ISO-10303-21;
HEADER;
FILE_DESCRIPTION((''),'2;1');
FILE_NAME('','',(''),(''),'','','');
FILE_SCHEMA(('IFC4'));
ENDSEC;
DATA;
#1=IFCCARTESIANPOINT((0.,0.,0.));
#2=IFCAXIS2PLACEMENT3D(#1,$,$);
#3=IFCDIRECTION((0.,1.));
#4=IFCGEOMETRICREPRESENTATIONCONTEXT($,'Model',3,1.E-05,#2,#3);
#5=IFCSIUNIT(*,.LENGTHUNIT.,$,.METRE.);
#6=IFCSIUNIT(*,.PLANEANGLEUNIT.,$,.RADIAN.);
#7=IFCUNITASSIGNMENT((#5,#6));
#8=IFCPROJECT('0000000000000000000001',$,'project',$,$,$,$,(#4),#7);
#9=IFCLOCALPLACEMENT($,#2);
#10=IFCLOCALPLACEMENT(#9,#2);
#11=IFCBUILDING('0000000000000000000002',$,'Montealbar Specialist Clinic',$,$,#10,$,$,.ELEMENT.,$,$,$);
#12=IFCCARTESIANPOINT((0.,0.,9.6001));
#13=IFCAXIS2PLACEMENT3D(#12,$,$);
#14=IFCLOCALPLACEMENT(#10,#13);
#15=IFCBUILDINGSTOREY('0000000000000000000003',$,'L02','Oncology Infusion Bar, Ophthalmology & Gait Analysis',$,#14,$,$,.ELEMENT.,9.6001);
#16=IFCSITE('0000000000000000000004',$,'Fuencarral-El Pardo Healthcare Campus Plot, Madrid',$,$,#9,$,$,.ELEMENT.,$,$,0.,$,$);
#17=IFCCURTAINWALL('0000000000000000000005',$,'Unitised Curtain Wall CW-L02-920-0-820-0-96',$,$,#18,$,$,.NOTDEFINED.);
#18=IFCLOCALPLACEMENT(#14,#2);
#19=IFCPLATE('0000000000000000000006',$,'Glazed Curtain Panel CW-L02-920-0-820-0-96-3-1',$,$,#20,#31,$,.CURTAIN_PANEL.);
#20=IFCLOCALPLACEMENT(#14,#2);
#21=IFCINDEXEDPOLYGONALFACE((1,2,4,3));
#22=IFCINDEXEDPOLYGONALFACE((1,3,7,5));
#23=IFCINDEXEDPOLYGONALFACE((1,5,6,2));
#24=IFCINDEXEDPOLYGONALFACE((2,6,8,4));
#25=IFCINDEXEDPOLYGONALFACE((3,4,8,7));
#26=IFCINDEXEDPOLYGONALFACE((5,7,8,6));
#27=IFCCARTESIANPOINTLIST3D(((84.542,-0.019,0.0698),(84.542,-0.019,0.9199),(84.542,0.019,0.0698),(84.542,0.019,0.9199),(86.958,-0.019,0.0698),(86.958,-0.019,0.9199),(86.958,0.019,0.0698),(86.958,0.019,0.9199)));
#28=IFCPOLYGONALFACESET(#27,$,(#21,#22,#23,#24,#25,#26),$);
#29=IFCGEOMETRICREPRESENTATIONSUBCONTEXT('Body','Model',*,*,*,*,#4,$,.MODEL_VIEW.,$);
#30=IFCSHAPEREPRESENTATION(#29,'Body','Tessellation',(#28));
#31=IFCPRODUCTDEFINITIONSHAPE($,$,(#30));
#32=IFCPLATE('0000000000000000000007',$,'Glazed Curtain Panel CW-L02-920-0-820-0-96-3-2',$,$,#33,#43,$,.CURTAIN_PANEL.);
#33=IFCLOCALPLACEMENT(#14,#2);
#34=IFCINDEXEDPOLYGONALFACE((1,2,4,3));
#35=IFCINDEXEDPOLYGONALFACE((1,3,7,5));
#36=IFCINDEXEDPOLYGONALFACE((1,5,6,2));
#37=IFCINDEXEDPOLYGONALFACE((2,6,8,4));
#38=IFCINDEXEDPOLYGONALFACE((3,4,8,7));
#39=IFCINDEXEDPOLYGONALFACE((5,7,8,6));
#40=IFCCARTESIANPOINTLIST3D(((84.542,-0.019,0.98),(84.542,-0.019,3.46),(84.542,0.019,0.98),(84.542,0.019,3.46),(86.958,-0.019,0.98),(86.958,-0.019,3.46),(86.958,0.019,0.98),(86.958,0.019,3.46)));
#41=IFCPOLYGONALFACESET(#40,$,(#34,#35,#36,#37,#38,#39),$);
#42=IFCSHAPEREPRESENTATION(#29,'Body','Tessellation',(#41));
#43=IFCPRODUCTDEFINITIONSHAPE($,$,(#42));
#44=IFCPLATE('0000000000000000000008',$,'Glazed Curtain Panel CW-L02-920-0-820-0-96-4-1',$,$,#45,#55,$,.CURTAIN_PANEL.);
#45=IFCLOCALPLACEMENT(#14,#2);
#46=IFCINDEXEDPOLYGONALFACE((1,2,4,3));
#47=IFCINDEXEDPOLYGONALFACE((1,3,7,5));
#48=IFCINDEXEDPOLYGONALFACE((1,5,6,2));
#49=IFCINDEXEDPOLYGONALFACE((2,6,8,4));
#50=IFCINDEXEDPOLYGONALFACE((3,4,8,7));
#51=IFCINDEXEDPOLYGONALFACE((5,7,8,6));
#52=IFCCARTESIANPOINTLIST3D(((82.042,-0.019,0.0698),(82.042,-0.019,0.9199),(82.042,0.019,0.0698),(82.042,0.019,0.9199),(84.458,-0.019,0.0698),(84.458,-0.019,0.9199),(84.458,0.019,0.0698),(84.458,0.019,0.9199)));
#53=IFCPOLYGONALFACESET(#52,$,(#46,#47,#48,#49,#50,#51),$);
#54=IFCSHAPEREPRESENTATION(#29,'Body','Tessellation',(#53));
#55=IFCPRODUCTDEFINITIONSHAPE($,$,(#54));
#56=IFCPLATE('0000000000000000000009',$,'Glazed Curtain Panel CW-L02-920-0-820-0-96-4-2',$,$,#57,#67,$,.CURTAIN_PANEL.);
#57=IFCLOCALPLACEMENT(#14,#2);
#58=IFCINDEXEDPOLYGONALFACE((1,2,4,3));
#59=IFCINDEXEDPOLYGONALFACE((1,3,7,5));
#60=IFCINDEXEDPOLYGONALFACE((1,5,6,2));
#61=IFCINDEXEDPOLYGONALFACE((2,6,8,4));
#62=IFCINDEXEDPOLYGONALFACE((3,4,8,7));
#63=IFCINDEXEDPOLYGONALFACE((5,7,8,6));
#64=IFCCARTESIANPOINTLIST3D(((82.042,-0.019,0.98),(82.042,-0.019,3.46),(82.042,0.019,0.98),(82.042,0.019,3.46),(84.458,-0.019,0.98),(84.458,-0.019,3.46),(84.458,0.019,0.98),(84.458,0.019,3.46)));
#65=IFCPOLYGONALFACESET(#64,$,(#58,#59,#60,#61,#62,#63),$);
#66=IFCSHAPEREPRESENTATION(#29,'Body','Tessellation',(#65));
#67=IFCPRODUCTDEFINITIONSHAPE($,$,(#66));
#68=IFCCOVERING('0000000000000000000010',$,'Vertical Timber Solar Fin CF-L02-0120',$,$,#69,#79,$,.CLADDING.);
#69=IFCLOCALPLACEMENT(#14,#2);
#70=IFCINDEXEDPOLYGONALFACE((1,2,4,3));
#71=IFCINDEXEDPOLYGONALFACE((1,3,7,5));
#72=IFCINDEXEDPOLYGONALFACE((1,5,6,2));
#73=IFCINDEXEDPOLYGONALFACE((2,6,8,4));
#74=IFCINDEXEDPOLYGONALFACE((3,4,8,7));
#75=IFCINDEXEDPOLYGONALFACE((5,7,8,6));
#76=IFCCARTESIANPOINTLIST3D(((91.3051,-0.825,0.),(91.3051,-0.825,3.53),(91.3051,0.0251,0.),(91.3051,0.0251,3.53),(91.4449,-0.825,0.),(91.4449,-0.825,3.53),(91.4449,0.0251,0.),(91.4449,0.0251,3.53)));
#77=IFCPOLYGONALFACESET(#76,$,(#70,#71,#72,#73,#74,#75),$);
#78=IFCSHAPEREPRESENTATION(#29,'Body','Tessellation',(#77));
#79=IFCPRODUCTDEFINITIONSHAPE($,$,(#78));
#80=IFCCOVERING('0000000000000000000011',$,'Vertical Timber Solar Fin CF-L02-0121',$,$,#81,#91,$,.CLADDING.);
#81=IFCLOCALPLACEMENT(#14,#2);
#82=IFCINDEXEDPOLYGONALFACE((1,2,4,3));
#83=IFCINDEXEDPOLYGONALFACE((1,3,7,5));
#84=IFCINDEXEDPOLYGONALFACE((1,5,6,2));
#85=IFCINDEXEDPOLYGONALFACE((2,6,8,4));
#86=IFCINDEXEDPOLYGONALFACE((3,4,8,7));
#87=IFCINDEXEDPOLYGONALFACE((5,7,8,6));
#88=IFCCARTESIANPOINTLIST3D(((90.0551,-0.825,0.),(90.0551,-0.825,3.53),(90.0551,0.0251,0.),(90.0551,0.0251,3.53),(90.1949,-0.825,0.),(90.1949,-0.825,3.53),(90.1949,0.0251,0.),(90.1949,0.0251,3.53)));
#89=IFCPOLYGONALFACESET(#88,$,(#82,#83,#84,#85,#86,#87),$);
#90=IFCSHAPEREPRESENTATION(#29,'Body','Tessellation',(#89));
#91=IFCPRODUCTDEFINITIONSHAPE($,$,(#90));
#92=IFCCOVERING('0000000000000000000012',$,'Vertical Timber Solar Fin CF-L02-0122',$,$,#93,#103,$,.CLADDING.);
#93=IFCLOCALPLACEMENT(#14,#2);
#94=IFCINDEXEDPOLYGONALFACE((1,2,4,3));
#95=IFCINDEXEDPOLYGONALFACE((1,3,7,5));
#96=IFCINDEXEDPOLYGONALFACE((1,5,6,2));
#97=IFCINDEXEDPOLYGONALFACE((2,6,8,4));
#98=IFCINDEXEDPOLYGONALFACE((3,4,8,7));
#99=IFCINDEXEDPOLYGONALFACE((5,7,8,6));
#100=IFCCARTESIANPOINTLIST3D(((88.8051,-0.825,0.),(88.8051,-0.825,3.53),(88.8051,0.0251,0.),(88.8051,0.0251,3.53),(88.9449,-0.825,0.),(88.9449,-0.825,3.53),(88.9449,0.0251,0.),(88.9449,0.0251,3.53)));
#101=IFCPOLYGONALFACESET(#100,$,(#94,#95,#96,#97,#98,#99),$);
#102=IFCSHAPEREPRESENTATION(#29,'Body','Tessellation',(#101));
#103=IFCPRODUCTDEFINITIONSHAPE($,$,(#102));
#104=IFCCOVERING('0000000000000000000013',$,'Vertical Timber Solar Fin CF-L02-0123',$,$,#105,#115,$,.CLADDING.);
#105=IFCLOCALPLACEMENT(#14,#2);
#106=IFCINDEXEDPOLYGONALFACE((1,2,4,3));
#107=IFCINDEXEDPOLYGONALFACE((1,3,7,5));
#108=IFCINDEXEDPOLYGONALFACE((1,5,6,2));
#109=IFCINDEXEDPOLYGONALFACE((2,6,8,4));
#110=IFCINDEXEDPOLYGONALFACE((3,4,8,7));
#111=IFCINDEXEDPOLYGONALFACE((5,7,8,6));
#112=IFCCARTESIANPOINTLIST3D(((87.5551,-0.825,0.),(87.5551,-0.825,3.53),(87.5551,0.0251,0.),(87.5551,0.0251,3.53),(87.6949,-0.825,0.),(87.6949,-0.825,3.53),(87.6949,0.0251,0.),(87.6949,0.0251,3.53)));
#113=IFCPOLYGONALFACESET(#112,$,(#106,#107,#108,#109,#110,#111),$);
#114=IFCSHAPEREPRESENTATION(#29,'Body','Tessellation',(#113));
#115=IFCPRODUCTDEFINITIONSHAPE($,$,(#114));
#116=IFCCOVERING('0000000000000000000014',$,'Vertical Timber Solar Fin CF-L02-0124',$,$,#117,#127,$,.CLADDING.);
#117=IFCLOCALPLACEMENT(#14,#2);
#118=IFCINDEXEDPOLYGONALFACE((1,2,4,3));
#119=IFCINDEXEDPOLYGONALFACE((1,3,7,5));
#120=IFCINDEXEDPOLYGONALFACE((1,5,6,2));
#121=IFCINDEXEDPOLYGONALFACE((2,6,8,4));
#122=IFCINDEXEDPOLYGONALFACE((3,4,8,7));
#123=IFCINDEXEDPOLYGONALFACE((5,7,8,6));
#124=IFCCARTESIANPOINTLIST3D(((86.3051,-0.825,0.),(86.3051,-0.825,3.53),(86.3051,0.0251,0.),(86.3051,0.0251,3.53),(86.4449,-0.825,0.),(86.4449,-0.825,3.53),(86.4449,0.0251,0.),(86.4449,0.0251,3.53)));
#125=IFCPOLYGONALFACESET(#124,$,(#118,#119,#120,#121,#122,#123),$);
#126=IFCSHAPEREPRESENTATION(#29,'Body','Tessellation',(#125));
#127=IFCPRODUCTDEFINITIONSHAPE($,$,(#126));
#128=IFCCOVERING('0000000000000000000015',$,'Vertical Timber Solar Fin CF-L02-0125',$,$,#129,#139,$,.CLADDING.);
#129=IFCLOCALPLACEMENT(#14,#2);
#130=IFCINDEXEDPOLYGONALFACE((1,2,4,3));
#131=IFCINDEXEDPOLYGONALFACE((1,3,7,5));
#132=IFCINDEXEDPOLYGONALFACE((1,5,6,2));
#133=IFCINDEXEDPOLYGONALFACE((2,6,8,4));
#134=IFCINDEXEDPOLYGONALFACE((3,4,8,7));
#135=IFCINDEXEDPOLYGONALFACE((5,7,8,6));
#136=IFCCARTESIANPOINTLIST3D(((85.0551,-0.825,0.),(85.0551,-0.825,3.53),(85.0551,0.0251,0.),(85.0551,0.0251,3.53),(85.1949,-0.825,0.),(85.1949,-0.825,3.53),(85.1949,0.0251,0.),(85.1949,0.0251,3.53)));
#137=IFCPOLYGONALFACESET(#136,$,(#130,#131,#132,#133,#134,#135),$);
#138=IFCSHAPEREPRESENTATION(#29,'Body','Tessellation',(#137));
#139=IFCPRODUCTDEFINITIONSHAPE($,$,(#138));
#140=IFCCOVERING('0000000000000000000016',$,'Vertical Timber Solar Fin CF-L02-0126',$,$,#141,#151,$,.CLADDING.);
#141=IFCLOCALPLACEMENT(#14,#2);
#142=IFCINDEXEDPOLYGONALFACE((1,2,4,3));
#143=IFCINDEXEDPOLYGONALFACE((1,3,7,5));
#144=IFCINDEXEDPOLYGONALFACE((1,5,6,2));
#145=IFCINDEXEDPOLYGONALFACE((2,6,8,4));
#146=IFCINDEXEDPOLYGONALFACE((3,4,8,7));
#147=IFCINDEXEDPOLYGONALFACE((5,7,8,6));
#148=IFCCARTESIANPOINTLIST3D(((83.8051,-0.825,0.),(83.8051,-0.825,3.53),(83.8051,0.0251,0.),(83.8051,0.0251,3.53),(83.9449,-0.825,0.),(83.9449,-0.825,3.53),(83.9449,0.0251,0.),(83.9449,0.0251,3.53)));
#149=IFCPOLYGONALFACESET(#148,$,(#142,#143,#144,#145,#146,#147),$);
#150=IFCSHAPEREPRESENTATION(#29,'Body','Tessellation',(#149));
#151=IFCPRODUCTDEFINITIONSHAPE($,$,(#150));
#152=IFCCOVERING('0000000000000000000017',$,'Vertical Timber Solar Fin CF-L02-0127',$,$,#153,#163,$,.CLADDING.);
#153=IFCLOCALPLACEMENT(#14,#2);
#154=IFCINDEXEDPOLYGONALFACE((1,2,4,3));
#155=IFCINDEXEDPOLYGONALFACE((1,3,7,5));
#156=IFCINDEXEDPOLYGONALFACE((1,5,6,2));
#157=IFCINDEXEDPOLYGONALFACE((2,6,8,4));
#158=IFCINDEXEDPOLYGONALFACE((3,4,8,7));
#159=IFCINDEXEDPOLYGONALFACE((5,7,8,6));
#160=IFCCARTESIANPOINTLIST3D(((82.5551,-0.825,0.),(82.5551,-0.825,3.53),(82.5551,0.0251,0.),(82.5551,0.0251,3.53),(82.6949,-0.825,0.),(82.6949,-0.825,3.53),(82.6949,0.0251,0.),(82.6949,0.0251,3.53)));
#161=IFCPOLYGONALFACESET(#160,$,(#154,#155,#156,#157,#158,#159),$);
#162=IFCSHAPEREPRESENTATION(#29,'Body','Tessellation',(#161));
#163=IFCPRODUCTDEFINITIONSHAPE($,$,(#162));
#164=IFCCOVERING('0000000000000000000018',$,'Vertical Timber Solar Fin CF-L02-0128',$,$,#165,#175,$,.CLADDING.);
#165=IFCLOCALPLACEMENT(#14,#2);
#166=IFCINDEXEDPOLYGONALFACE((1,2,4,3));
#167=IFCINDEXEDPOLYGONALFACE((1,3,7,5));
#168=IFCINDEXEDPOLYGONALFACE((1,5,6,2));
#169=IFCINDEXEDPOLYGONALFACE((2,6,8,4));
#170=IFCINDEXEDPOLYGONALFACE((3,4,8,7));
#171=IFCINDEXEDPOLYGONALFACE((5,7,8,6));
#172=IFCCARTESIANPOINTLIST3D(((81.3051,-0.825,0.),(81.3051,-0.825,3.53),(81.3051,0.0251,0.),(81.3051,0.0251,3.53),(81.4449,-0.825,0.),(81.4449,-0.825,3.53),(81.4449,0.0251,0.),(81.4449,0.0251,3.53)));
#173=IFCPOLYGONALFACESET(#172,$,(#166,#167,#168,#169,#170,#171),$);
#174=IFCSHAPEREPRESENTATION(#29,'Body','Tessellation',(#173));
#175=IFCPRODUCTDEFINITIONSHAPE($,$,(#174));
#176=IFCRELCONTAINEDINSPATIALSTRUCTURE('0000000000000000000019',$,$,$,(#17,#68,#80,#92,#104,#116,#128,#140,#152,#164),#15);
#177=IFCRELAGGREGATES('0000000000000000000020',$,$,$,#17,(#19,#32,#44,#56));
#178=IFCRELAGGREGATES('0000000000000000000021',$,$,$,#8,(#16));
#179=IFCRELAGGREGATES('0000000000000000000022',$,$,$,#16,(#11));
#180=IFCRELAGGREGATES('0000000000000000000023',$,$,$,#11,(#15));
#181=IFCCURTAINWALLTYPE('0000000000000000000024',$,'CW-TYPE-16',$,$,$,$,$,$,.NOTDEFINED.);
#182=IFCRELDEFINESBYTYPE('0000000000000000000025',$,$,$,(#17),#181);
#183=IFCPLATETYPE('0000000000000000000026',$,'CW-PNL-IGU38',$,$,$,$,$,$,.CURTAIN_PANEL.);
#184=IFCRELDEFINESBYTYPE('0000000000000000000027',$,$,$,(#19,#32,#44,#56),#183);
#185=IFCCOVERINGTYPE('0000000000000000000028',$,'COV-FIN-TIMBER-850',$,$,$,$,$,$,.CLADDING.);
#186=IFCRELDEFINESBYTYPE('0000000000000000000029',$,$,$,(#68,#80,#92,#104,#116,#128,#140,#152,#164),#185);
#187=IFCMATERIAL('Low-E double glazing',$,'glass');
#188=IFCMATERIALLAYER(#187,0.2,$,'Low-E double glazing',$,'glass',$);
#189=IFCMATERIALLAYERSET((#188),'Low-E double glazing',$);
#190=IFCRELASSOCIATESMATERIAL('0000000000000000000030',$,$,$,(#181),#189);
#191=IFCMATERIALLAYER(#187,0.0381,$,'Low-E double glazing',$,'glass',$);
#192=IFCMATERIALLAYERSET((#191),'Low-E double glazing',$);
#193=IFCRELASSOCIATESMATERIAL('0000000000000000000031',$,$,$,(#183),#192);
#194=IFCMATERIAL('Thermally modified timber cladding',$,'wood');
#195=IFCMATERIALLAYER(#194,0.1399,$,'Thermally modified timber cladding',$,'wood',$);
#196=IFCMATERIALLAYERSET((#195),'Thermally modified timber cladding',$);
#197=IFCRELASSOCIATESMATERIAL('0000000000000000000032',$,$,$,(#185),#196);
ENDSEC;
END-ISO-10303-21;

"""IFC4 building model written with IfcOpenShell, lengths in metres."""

from ifc_helpers import new_model, si_unit, direction, frame, origin, origin_2d, place, context, subcontext, project, spatial, rectangle, extrude, material, layer, layer_set, type_object, element, aggregate, save


model = new_model("IFC4")

# Units and contexts
model_context = context("Model", 3, precision=1e-05, world=origin(), true_north=direction((0.0, 1.0)))
body_context = subcontext(model_context, "Body", "Model", "MODEL_VIEW")
ifc_project = project(units=[si_unit("LENGTHUNIT", "METRE"), si_unit("PLANEANGLEUNIT", "RADIAN")], contexts=[model_context])

# Site, building, storey
site_placement = place(None, origin())
site = spatial("IfcSite", under=ifc_project, at=site_placement, Name="Fuencarral-El Pardo Healthcare Campus Plot, Madrid", CompositionType="ELEMENT", RefElevation=0.0)
building_placement = place(site_placement, origin())
building = spatial("IfcBuilding", under=site, at=building_placement, Name="Montealbar Specialist Clinic", CompositionType="ELEMENT")
storey_placement = place(building_placement, frame((0.0, 0.0, 9.6001)))
storey = spatial("IfcBuildingStorey", under=building, at=storey_placement, Name="L02", Description="Oncology Infusion Bar, Ophthalmology & Gait Analysis", CompositionType="ELEMENT", Elevation=9.6001)

# Curtain wall
ifc_material_1 = material(Name="Low-E double glazing", Category="glass")
ifc_layer_1 = layer(ifc_material_1, 0.2, Name="Low-E double glazing", Category="glass")
ifc_layer_set_1 = layer_set([ifc_layer_1], Name="Low-E double glazing")
curtain_wall_type = type_object("IfcCurtainWallType", Name="CW-TYPE-16", PredefinedType="NOTDEFINED", material=ifc_layer_set_1)
curtain_wall_1_placement = place(storey_placement, origin())
curtain_wall_1 = element("IfcCurtainWall", 1, at=curtain_wall_1_placement, inside=storey, type_object=curtain_wall_type, Name="Unitised Curtain Wall CW-L02-920-0-820-0-96", PredefinedType="NOTDEFINED")

# Plates
ifc_layer_2 = layer(ifc_material_1, 0.0381, Name="Low-E double glazing", Category="glass")
ifc_layer_set_2 = layer_set([ifc_layer_2], Name="Low-E double glazing")
plate_type = type_object("IfcPlateType", Name="CW-PNL-IGU38", PredefinedType="CURTAIN_PANEL", material=ifc_layer_set_2)
plate_1_placement = place(storey_placement, frame((85.75, 0.0, 0.0698), z_axis=(0.0, 0.0, 1.0), x_axis=(-1.0, 0.0, 0.0)))
plate_1 = element("IfcPlate", 2, at=plate_1_placement, type_object=plate_type, Name="Glazed Curtain Panel CW-L02-920-0-820-0-96-3-1", PredefinedType="CURTAIN_PANEL", context=body_context, shape_type="SweptSolid", body=[
    extrude(rectangle(XDim=2.416, YDim=0.0381, at=origin_2d()), origin(), (0.0, 0.0, 1.0), 0.8501),
])
plate_2_placement = place(storey_placement, frame((85.75, 0.0, 0.98), z_axis=(0.0, 0.0, 1.0), x_axis=(-1.0, 0.0, 0.0)))
plate_2 = element("IfcPlate", 3, at=plate_2_placement, type_object=plate_type, Name="Glazed Curtain Panel CW-L02-920-0-820-0-96-3-2", PredefinedType="CURTAIN_PANEL", context=body_context, shape_type="SweptSolid", body=[
    extrude(rectangle(XDim=2.416, YDim=0.0381, at=origin_2d()), origin(), (0.0, 0.0, 1.0), 2.48),
])
plate_3_placement = place(storey_placement, frame((83.25, 0.0, 0.0698), z_axis=(0.0, 0.0, 1.0), x_axis=(-1.0, 0.0, 0.0)))
plate_3 = element("IfcPlate", 4, at=plate_3_placement, type_object=plate_type, Name="Glazed Curtain Panel CW-L02-920-0-820-0-96-4-1", PredefinedType="CURTAIN_PANEL", context=body_context, shape_type="SweptSolid", body=[
    extrude(rectangle(XDim=2.416, YDim=0.0381, at=origin_2d()), origin(), (0.0, 0.0, 1.0), 0.8501),
])
plate_4_placement = place(storey_placement, frame((83.25, 0.0, 0.98), z_axis=(0.0, 0.0, 1.0), x_axis=(-1.0, 0.0, 0.0)))
plate_4 = element("IfcPlate", 5, at=plate_4_placement, type_object=plate_type, Name="Glazed Curtain Panel CW-L02-920-0-820-0-96-4-2", PredefinedType="CURTAIN_PANEL", context=body_context, shape_type="SweptSolid", body=[
    extrude(rectangle(XDim=2.416, YDim=0.0381, at=origin_2d()), origin(), (0.0, 0.0, 1.0), 2.48),
])
aggregate(curtain_wall_1, [plate_1, plate_2, plate_3, plate_4])

# Coverings
ifc_material_2 = material(Name="Thermally modified timber cladding", Category="wood")
ifc_layer_3 = layer(ifc_material_2, 0.1399, Name="Thermally modified timber cladding", Category="wood")
ifc_layer_set_3 = layer_set([ifc_layer_3], Name="Thermally modified timber cladding")
covering_type = type_object("IfcCoveringType", Name="COV-FIN-TIMBER-850", PredefinedType="CLADDING", material=ifc_layer_set_3)
for number, where, z_axis, x_axis, name in (
    (6, (91.375, -0.3999, 0.0), (0.0, 0.0, 1.0), (0.0, -1.0, 0.0), "Vertical Timber Solar Fin CF-L02-0120"),
    (7, (90.125, -0.3999, 0.0), (0.0, 0.0, 1.0), (0.0, -1.0, 0.0), "Vertical Timber Solar Fin CF-L02-0121"),
    (8, (88.875, -0.3999, 0.0), (0.0, 0.0, 1.0), (0.0, -1.0, 0.0), "Vertical Timber Solar Fin CF-L02-0122"),
    (9, (87.625, -0.3999, 0.0), (0.0, 0.0, 1.0), (0.0, -1.0, 0.0), "Vertical Timber Solar Fin CF-L02-0123"),
    (10, (86.375, -0.3999, 0.0), (0.0, 0.0, 1.0), (0.0, -1.0, 0.0), "Vertical Timber Solar Fin CF-L02-0124"),
    (11, (85.125, -0.3999, 0.0), (0.0, 0.0, 1.0), (0.0, -1.0, 0.0), "Vertical Timber Solar Fin CF-L02-0125"),
    (12, (83.875, -0.3999, 0.0), (0.0, 0.0, 1.0), (0.0, -1.0, 0.0), "Vertical Timber Solar Fin CF-L02-0126"),
    (13, (82.625, -0.3999, 0.0), (0.0, 0.0, 1.0), (0.0, -1.0, 0.0), "Vertical Timber Solar Fin CF-L02-0127"),
    (14, (81.375, -0.3999, 0.0), (0.0, 0.0, 1.0), (0.0, -1.0, 0.0), "Vertical Timber Solar Fin CF-L02-0128"),
):
    element("IfcCovering", number, at=place(storey_placement, frame(where, z_axis=z_axis, x_axis=x_axis)), inside=storey, type_object=covering_type, Name=name, PredefinedType="CLADDING", context=body_context, shape_type="SweptSolid", body=[
        extrude(rectangle(XDim=0.8501, YDim=0.1399, at=origin_2d()), origin(), (0.0, 0.0, 1.0), 3.53),
    ])

save(model, "model.ifc")
